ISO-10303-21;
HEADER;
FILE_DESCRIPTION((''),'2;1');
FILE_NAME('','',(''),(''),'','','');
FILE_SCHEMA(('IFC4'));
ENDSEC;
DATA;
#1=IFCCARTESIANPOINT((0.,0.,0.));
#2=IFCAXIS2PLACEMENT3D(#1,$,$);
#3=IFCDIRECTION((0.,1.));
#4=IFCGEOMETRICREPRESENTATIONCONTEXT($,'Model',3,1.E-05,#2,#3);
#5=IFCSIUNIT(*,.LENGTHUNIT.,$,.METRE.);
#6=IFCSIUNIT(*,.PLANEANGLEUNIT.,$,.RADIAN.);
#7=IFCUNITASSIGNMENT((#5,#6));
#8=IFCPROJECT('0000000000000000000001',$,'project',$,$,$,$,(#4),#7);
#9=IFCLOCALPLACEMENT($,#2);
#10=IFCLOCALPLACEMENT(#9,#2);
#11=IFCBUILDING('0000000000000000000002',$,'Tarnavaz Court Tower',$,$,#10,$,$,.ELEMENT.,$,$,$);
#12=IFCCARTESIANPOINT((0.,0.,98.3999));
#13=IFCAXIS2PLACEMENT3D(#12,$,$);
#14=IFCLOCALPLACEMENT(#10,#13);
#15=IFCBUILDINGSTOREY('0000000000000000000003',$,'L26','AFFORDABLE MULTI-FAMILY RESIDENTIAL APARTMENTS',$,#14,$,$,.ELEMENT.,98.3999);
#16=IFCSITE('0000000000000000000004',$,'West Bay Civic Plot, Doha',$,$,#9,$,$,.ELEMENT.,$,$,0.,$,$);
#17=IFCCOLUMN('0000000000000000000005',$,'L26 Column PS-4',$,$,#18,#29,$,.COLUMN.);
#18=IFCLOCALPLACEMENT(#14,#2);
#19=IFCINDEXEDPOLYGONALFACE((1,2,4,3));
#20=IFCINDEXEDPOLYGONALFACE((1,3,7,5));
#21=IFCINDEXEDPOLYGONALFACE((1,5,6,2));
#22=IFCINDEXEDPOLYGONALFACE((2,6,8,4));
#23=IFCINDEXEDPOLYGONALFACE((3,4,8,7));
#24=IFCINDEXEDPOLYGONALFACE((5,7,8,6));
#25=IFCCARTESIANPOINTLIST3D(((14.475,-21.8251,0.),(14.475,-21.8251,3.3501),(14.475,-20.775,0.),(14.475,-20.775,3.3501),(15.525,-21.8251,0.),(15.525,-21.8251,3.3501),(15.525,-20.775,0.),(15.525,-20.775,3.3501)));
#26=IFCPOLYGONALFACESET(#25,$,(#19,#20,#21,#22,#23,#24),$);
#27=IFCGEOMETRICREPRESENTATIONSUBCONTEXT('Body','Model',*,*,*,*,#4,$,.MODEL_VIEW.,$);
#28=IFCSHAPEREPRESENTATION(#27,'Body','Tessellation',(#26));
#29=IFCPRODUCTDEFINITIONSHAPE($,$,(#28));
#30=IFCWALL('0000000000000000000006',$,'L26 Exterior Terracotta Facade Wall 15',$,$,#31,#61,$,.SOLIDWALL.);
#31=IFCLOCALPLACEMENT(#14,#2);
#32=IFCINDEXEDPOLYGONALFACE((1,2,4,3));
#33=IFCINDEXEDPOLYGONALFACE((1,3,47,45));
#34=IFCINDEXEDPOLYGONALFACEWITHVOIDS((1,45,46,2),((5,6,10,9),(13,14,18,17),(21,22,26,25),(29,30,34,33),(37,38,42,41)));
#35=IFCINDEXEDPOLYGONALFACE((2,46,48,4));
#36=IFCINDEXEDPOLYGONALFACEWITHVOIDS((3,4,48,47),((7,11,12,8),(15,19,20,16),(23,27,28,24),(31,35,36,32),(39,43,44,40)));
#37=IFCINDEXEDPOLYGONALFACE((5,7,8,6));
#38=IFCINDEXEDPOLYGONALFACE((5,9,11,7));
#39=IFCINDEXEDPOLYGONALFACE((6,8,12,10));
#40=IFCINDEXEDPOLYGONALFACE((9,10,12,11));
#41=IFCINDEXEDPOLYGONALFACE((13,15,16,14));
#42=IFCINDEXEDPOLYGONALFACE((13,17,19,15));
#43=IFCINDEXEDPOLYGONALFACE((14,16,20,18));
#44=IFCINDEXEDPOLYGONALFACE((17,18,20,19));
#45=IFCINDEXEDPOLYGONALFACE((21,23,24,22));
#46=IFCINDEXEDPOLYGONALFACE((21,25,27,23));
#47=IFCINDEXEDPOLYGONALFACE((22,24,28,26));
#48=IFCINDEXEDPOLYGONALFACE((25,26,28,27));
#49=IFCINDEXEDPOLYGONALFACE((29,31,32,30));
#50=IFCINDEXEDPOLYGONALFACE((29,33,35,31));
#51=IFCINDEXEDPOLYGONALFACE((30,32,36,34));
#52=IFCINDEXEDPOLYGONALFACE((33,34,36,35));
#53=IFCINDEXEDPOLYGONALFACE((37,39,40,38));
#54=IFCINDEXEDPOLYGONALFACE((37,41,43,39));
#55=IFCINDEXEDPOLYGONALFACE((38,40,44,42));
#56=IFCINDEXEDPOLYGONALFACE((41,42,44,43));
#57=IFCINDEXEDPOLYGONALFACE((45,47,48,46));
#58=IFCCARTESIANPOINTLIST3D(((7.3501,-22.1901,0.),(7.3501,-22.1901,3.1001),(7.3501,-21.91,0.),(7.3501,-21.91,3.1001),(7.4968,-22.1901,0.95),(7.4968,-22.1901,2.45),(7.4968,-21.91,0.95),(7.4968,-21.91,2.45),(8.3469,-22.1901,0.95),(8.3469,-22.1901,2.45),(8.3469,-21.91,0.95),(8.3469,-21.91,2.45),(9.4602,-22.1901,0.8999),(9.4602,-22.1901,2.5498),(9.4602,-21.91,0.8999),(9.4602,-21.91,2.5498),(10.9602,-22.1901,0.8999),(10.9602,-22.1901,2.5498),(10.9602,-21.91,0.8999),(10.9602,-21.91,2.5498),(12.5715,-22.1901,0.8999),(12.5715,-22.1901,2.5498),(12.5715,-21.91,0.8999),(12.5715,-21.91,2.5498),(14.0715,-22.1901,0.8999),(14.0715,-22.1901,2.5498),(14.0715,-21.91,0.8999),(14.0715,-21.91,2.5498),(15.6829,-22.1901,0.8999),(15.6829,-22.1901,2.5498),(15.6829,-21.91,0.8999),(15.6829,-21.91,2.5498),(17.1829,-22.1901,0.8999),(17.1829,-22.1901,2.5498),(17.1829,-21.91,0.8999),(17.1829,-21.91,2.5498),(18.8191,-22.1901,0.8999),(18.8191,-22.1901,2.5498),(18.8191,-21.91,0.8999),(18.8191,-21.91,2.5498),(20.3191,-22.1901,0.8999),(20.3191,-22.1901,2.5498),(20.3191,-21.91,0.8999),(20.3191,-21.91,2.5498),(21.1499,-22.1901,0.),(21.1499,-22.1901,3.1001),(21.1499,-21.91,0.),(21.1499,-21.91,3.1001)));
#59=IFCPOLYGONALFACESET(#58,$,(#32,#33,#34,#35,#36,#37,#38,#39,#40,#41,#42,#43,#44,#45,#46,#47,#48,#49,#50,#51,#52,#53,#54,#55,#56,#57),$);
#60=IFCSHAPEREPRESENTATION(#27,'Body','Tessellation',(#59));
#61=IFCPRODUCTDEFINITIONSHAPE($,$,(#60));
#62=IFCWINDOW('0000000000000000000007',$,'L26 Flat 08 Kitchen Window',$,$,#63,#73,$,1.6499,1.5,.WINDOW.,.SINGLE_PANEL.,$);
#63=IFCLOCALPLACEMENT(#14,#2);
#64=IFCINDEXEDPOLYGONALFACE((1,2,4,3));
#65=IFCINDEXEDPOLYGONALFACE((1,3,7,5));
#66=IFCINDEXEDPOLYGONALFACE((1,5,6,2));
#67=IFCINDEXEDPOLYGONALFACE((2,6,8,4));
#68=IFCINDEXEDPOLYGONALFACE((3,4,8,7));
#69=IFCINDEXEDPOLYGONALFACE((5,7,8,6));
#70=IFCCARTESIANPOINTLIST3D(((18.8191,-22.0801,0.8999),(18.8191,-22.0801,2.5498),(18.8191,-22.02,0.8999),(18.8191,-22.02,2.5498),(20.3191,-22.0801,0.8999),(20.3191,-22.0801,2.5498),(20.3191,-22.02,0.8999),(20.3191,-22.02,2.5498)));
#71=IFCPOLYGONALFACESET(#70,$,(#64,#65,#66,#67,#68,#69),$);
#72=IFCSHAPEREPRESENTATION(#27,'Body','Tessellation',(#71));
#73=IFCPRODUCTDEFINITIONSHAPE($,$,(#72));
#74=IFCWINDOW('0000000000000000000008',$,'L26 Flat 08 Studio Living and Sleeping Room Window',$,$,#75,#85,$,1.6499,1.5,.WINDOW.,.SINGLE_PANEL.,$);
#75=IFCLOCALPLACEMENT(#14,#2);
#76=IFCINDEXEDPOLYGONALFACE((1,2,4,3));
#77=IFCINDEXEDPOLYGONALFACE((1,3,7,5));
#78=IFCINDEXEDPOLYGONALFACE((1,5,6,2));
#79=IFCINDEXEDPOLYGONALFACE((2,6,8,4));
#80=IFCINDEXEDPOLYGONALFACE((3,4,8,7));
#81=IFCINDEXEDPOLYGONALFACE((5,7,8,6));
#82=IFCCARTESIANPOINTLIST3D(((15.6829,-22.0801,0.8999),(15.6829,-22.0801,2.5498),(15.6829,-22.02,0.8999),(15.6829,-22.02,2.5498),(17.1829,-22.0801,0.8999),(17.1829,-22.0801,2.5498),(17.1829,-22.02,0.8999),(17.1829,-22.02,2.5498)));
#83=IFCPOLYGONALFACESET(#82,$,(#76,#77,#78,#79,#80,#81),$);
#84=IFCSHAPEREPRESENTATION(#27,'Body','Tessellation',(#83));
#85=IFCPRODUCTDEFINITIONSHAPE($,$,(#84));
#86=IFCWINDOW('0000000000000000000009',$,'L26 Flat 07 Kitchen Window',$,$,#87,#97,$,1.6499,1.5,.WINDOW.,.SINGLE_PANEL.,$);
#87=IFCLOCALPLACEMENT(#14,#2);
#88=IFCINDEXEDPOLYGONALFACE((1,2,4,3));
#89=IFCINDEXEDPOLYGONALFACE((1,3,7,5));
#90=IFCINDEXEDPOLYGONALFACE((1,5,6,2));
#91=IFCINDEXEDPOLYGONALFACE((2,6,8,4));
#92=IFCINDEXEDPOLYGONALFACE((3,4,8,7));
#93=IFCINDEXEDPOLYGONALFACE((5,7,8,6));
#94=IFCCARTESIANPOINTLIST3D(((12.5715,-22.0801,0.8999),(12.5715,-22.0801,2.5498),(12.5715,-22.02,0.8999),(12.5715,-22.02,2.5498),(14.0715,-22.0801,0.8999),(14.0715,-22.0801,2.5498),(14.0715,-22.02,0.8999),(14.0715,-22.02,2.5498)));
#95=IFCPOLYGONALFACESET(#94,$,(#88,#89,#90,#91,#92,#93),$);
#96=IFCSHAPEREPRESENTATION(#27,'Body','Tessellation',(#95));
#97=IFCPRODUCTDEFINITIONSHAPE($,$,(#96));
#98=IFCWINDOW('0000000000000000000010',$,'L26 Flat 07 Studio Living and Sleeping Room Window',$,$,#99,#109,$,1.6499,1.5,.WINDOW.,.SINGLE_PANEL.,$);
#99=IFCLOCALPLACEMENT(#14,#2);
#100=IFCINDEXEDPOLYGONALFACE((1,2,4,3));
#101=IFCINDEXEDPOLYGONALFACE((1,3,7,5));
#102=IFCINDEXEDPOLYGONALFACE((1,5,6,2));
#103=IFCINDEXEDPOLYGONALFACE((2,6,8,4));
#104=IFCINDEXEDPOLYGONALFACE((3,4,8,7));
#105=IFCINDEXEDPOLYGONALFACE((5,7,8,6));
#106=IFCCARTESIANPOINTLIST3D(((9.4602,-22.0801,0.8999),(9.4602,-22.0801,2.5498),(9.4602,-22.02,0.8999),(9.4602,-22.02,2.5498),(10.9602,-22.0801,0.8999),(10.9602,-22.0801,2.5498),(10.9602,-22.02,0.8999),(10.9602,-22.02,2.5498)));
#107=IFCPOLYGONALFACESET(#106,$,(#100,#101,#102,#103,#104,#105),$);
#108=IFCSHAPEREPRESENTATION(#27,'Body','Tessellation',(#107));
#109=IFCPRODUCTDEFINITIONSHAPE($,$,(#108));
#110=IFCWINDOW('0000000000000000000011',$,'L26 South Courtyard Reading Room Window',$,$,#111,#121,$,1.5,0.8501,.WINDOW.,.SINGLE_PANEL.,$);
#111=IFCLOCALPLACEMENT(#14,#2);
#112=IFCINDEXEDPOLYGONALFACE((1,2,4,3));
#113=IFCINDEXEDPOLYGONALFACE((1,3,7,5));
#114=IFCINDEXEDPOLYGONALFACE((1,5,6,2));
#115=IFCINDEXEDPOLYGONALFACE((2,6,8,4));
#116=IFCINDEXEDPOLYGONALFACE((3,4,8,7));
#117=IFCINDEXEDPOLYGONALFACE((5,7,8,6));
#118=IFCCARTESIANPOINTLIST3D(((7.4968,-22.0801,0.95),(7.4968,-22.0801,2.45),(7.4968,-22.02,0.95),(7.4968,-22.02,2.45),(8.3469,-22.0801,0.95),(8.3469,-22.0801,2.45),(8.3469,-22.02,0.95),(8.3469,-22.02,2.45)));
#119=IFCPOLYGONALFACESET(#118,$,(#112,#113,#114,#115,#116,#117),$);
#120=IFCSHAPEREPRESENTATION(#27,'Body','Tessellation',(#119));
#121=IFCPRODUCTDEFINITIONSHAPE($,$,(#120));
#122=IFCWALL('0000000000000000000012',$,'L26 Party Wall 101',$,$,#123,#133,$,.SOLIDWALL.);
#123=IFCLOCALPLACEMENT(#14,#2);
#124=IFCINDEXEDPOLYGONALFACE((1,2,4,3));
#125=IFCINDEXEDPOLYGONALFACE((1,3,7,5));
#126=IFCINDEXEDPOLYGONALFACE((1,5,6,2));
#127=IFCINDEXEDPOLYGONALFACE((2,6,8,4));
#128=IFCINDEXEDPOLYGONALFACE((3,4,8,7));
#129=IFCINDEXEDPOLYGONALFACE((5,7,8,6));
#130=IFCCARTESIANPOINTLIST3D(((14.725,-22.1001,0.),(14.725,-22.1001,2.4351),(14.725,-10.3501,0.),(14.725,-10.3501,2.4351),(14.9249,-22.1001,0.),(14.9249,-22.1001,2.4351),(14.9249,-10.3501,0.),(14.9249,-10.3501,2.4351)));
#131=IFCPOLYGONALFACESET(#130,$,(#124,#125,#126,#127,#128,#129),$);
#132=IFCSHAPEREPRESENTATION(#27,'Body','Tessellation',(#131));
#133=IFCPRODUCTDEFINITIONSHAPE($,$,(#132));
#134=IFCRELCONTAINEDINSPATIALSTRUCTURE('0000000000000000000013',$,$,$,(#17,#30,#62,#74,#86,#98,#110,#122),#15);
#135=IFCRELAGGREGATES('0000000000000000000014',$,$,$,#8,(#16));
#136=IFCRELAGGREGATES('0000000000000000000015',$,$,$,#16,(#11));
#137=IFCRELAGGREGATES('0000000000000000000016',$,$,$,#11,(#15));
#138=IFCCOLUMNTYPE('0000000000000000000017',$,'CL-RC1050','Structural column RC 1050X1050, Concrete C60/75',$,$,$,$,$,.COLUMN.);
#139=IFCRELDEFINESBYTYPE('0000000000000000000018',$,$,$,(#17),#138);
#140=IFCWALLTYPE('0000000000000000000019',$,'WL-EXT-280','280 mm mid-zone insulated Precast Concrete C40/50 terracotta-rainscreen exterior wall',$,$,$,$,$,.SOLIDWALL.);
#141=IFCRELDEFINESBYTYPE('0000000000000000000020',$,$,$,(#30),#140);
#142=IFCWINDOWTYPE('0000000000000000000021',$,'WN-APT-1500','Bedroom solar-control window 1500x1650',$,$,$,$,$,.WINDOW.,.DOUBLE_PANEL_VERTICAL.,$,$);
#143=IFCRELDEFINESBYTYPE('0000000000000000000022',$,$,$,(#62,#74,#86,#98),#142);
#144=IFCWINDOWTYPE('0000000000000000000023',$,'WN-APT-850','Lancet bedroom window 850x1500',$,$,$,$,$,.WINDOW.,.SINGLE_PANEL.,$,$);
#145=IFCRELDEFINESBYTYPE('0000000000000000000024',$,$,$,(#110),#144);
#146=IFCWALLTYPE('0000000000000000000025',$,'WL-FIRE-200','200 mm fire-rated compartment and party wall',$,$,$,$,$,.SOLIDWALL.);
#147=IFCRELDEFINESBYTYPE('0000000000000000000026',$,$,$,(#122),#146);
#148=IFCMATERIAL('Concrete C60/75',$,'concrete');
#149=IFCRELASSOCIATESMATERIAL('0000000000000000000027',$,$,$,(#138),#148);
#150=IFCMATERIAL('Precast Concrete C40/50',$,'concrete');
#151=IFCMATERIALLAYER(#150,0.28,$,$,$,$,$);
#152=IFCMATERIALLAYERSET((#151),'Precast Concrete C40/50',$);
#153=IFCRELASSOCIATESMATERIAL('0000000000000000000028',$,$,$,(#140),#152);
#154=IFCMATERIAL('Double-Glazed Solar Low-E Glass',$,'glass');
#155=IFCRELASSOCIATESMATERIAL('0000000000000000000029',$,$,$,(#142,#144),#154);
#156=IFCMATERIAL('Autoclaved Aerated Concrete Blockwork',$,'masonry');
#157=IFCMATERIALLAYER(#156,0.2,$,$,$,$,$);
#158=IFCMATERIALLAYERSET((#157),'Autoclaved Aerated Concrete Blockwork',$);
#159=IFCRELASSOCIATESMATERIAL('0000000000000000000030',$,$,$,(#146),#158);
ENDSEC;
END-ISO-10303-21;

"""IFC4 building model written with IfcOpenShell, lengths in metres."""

from ifc_helpers import new_model, si_unit, direction, frame, frame_2d, origin, origin_2d, place, context, subcontext, project, spatial, rectangle, extrude, material, layer, layer_set, material_profile, profile_set, type_object, element, fill, save


model = new_model("IFC4")

# Units and contexts
model_context = context("Model", 3, precision=1e-05, world=origin(), true_north=direction((0.0, 1.0)))
body_context = subcontext(model_context, "Body", "Model", "MODEL_VIEW")
ifc_project = project(units=[si_unit("LENGTHUNIT", "METRE"), si_unit("PLANEANGLEUNIT", "RADIAN")], contexts=[model_context])

# Site, building, storey
site_placement = place(None, origin())
site = spatial("IfcSite", under=ifc_project, at=site_placement, Name="West Bay Civic Plot, Doha", CompositionType="ELEMENT", RefElevation=0.0)
building_placement = place(site_placement, origin())
building = spatial("IfcBuilding", under=site, at=building_placement, Name="Tarnavaz Court Tower", CompositionType="ELEMENT")
storey_placement = place(building_placement, frame((0.0, 0.0, 98.3999)))
storey = spatial("IfcBuildingStorey", under=building, at=storey_placement, Name="L26", Description="AFFORDABLE MULTI-FAMILY RESIDENTIAL APARTMENTS", CompositionType="ELEMENT", Elevation=98.3999)

# Column
ifc_material_1 = material(Name="Concrete C60/75", Category="concrete")
ifc_material_profile_1 = material_profile(ifc_material_1, rectangle(XDim=1.05, YDim=1.05, at=origin_2d()), Name="RC 1050X1050")
ifc_profile_set_1 = profile_set([ifc_material_profile_1], Name="Concrete C60/75")
column_type = type_object("IfcColumnType", Name="CL-RC1050", Description="Structural column RC 1050X1050, Concrete C60/75", PredefinedType="COLUMN", material=ifc_profile_set_1)
column_placement = place(storey_placement, frame((15.0, -21.3, 0.0), z_axis=(0.0, 0.0, 1.0), x_axis=(1.0, 0.0, 0.0)))
element("IfcColumn", 1, at=column_placement, inside=storey, type_object=column_type, Name="L26 Column PS-4", PredefinedType="COLUMN", context=body_context, shape_type="SweptSolid", body=[
    extrude(rectangle(XDim=1.05, YDim=1.05, at=origin_2d()), origin(), (0.0, 0.0, 1.0), 3.3501),
])

# Wall, openings, windows
ifc_material_2 = material(Name="Precast Concrete C40/50", Category="concrete")
ifc_layer_1 = layer(ifc_material_2, 0.28)
ifc_layer_set_1 = layer_set([ifc_layer_1], Name="Precast Concrete C40/50")
wall_type_1 = type_object("IfcWallType", Name="WL-EXT-280", Description="280 mm mid-zone insulated Precast Concrete C40/50 terracotta-rainscreen exterior wall", PredefinedType="SOLIDWALL", material=ifc_layer_set_1)
wall_1_placement = place(storey_placement, frame((21.1499, -22.05, 0.0), z_axis=(0.0, 0.0, 1.0), x_axis=(-1.0, 0.0, 0.0)))
wall_1 = element("IfcWall", 2, at=wall_1_placement, inside=storey, type_object=wall_type_1, Name="L26 Exterior Terracotta Facade Wall 15", PredefinedType="SOLIDWALL", context=body_context, shape_type="SweptSolid", body=[
    extrude(rectangle(XDim=13.7998, YDim=0.28, at=frame_2d((6.8999, 0.0))), origin(), (0.0, 0.0, 1.0), 3.1001),
])
opening_1_placement = place(wall_1_placement, frame((0.8308, 0.0, 0.8999)))
opening_1 = element("IfcOpeningElement", 3, at=opening_1_placement, cuts=wall_1, PredefinedType="OPENING", context=body_context, shape_type="SweptSolid", body=[
    extrude(rectangle(XDim=1.5, YDim=1.6499, at=frame_2d((0.75, 0.825))), frame((0.0, 0.1499, 0.0), z_axis=(0.0, -1.0, 0.0), x_axis=(1.0, 0.0, 0.0)), (0.0, 0.0, 1.0), 0.3),
])
opening_2_placement = place(wall_1_placement, frame((3.967, 0.0, 0.8999)))
opening_2 = element("IfcOpeningElement", 4, at=opening_2_placement, cuts=wall_1, PredefinedType="OPENING", context=body_context, shape_type="SweptSolid", body=[
    extrude(rectangle(XDim=1.5, YDim=1.6499, at=frame_2d((0.75, 0.825))), frame((0.0, 0.1499, 0.0), z_axis=(0.0, -1.0, 0.0), x_axis=(1.0, 0.0, 0.0)), (0.0, 0.0, 1.0), 0.3),
])
opening_3_placement = place(wall_1_placement, frame((7.0784, 0.0, 0.8999)))
opening_3 = element("IfcOpeningElement", 5, at=opening_3_placement, cuts=wall_1, PredefinedType="OPENING", context=body_context, shape_type="SweptSolid", body=[
    extrude(rectangle(XDim=1.5, YDim=1.6499, at=frame_2d((0.75, 0.825))), frame((0.0, 0.1499, 0.0), z_axis=(0.0, -1.0, 0.0), x_axis=(1.0, 0.0, 0.0)), (0.0, 0.0, 1.0), 0.3),
])
opening_4_placement = place(wall_1_placement, frame((10.1897, 0.0, 0.8999)))
opening_4 = element("IfcOpeningElement", 6, at=opening_4_placement, cuts=wall_1, PredefinedType="OPENING", context=body_context, shape_type="SweptSolid", body=[
    extrude(rectangle(XDim=1.5, YDim=1.6499, at=frame_2d((0.75, 0.825))), frame((0.0, 0.1499, 0.0), z_axis=(0.0, -1.0, 0.0), x_axis=(1.0, 0.0, 0.0)), (0.0, 0.0, 1.0), 0.3),
])
opening_5_placement = place(wall_1_placement, frame((12.803, 0.0, 0.95)))
opening_5 = element("IfcOpeningElement", 7, at=opening_5_placement, cuts=wall_1, PredefinedType="OPENING", context=body_context, shape_type="SweptSolid", body=[
    extrude(rectangle(XDim=0.8501, YDim=1.5, at=frame_2d((0.425, 0.75))), frame((0.0, 0.1499, 0.0), z_axis=(0.0, -1.0, 0.0), x_axis=(1.0, 0.0, 0.0)), (0.0, 0.0, 1.0), 0.3),
])
ifc_material_3 = material(Name="Double-Glazed Solar Low-E Glass", Category="glass")
window_type_1 = type_object("IfcWindowType", Name="WN-APT-1500", Description="Bedroom solar-control window 1500x1650", PartitioningType="DOUBLE_PANEL_VERTICAL", PredefinedType="WINDOW", material=ifc_material_3)
window_1_placement = place(opening_1_placement, origin())
window_1 = element("IfcWindow", 8, at=window_1_placement, inside=storey, type_object=window_type_1, Name="L26 Flat 08 Kitchen Window", OverallHeight=1.6499, OverallWidth=1.5, PartitioningType="SINGLE_PANEL", PredefinedType="WINDOW", context=body_context, shape_type="SweptSolid", body=[
    extrude(rectangle(XDim=1.5, YDim=1.6499, at=frame_2d((0.75, 0.825))), frame((0.0, 0.03, 0.0), z_axis=(0.0, -1.0, 0.0), x_axis=(1.0, 0.0, 0.0)), (0.0, 0.0, 1.0), 0.0601),
])
fill(opening_1, window_1)
window_2_placement = place(opening_2_placement, origin())
window_2 = element("IfcWindow", 9, at=window_2_placement, inside=storey, type_object=window_type_1, Name="L26 Flat 08 Studio Living and Sleeping Room Window", OverallHeight=1.6499, OverallWidth=1.5, PartitioningType="SINGLE_PANEL", PredefinedType="WINDOW", context=body_context, shape_type="SweptSolid", body=[
    extrude(rectangle(XDim=1.5, YDim=1.6499, at=frame_2d((0.75, 0.825))), frame((0.0, 0.03, 0.0), z_axis=(0.0, -1.0, 0.0), x_axis=(1.0, 0.0, 0.0)), (0.0, 0.0, 1.0), 0.0601),
])
fill(opening_2, window_2)
window_3_placement = place(opening_3_placement, origin())
window_3 = element("IfcWindow", 10, at=window_3_placement, inside=storey, type_object=window_type_1, Name="L26 Flat 07 Kitchen Window", OverallHeight=1.6499, OverallWidth=1.5, PartitioningType="SINGLE_PANEL", PredefinedType="WINDOW", context=body_context, shape_type="SweptSolid", body=[
    extrude(rectangle(XDim=1.5, YDim=1.6499, at=frame_2d((0.75, 0.825))), frame((0.0, 0.03, 0.0), z_axis=(0.0, -1.0, 0.0), x_axis=(1.0, 0.0, 0.0)), (0.0, 0.0, 1.0), 0.0601),
])
fill(opening_3, window_3)
window_4_placement = place(opening_4_placement, origin())
window_4 = element("IfcWindow", 11, at=window_4_placement, inside=storey, type_object=window_type_1, Name="L26 Flat 07 Studio Living and Sleeping Room Window", OverallHeight=1.6499, OverallWidth=1.5, PartitioningType="SINGLE_PANEL", PredefinedType="WINDOW", context=body_context, shape_type="SweptSolid", body=[
    extrude(rectangle(XDim=1.5, YDim=1.6499, at=frame_2d((0.75, 0.825))), frame((0.0, 0.03, 0.0), z_axis=(0.0, -1.0, 0.0), x_axis=(1.0, 0.0, 0.0)), (0.0, 0.0, 1.0), 0.0601),
])
fill(opening_4, window_4)
window_type_2 = type_object("IfcWindowType", Name="WN-APT-850", Description="Lancet bedroom window 850x1500", PartitioningType="SINGLE_PANEL", PredefinedType="WINDOW", material=ifc_material_3)
window_5_placement = place(opening_5_placement, origin())
window_5 = element("IfcWindow", 12, at=window_5_placement, inside=storey, type_object=window_type_2, Name="L26 South Courtyard Reading Room Window", OverallHeight=1.5, OverallWidth=0.8501, PartitioningType="SINGLE_PANEL", PredefinedType="WINDOW", context=body_context, shape_type="SweptSolid", body=[
    extrude(rectangle(XDim=0.8501, YDim=1.5, at=frame_2d((0.425, 0.75))), frame((0.0, 0.03, 0.0), z_axis=(0.0, -1.0, 0.0), x_axis=(1.0, 0.0, 0.0)), (0.0, 0.0, 1.0), 0.0601),
])
fill(opening_5, window_5)

# Wall
ifc_material_4 = material(Name="Autoclaved Aerated Concrete Blockwork", Category="masonry")
ifc_layer_2 = layer(ifc_material_4, 0.2)
ifc_layer_set_2 = layer_set([ifc_layer_2], Name="Autoclaved Aerated Concrete Blockwork")
wall_type_2 = type_object("IfcWallType", Name="WL-FIRE-200", Description="200 mm fire-rated compartment and party wall", PredefinedType="SOLIDWALL", material=ifc_layer_set_2)
wall_2_placement = place(storey_placement, frame((14.825, -22.1001, 0.0), z_axis=(0.0, 0.0, 1.0), x_axis=(0.0, 1.0, 0.0)))
element("IfcWall", 13, at=wall_2_placement, inside=storey, type_object=wall_type_2, Name="L26 Party Wall 101", PredefinedType="SOLIDWALL", context=body_context, shape_type="SweptSolid", body=[
    extrude(rectangle(XDim=11.75, YDim=0.2, at=frame_2d((5.875, 0.0))), origin(), (0.0, 0.0, 1.0), 2.4351),
])

save(model, "model.ifc")
